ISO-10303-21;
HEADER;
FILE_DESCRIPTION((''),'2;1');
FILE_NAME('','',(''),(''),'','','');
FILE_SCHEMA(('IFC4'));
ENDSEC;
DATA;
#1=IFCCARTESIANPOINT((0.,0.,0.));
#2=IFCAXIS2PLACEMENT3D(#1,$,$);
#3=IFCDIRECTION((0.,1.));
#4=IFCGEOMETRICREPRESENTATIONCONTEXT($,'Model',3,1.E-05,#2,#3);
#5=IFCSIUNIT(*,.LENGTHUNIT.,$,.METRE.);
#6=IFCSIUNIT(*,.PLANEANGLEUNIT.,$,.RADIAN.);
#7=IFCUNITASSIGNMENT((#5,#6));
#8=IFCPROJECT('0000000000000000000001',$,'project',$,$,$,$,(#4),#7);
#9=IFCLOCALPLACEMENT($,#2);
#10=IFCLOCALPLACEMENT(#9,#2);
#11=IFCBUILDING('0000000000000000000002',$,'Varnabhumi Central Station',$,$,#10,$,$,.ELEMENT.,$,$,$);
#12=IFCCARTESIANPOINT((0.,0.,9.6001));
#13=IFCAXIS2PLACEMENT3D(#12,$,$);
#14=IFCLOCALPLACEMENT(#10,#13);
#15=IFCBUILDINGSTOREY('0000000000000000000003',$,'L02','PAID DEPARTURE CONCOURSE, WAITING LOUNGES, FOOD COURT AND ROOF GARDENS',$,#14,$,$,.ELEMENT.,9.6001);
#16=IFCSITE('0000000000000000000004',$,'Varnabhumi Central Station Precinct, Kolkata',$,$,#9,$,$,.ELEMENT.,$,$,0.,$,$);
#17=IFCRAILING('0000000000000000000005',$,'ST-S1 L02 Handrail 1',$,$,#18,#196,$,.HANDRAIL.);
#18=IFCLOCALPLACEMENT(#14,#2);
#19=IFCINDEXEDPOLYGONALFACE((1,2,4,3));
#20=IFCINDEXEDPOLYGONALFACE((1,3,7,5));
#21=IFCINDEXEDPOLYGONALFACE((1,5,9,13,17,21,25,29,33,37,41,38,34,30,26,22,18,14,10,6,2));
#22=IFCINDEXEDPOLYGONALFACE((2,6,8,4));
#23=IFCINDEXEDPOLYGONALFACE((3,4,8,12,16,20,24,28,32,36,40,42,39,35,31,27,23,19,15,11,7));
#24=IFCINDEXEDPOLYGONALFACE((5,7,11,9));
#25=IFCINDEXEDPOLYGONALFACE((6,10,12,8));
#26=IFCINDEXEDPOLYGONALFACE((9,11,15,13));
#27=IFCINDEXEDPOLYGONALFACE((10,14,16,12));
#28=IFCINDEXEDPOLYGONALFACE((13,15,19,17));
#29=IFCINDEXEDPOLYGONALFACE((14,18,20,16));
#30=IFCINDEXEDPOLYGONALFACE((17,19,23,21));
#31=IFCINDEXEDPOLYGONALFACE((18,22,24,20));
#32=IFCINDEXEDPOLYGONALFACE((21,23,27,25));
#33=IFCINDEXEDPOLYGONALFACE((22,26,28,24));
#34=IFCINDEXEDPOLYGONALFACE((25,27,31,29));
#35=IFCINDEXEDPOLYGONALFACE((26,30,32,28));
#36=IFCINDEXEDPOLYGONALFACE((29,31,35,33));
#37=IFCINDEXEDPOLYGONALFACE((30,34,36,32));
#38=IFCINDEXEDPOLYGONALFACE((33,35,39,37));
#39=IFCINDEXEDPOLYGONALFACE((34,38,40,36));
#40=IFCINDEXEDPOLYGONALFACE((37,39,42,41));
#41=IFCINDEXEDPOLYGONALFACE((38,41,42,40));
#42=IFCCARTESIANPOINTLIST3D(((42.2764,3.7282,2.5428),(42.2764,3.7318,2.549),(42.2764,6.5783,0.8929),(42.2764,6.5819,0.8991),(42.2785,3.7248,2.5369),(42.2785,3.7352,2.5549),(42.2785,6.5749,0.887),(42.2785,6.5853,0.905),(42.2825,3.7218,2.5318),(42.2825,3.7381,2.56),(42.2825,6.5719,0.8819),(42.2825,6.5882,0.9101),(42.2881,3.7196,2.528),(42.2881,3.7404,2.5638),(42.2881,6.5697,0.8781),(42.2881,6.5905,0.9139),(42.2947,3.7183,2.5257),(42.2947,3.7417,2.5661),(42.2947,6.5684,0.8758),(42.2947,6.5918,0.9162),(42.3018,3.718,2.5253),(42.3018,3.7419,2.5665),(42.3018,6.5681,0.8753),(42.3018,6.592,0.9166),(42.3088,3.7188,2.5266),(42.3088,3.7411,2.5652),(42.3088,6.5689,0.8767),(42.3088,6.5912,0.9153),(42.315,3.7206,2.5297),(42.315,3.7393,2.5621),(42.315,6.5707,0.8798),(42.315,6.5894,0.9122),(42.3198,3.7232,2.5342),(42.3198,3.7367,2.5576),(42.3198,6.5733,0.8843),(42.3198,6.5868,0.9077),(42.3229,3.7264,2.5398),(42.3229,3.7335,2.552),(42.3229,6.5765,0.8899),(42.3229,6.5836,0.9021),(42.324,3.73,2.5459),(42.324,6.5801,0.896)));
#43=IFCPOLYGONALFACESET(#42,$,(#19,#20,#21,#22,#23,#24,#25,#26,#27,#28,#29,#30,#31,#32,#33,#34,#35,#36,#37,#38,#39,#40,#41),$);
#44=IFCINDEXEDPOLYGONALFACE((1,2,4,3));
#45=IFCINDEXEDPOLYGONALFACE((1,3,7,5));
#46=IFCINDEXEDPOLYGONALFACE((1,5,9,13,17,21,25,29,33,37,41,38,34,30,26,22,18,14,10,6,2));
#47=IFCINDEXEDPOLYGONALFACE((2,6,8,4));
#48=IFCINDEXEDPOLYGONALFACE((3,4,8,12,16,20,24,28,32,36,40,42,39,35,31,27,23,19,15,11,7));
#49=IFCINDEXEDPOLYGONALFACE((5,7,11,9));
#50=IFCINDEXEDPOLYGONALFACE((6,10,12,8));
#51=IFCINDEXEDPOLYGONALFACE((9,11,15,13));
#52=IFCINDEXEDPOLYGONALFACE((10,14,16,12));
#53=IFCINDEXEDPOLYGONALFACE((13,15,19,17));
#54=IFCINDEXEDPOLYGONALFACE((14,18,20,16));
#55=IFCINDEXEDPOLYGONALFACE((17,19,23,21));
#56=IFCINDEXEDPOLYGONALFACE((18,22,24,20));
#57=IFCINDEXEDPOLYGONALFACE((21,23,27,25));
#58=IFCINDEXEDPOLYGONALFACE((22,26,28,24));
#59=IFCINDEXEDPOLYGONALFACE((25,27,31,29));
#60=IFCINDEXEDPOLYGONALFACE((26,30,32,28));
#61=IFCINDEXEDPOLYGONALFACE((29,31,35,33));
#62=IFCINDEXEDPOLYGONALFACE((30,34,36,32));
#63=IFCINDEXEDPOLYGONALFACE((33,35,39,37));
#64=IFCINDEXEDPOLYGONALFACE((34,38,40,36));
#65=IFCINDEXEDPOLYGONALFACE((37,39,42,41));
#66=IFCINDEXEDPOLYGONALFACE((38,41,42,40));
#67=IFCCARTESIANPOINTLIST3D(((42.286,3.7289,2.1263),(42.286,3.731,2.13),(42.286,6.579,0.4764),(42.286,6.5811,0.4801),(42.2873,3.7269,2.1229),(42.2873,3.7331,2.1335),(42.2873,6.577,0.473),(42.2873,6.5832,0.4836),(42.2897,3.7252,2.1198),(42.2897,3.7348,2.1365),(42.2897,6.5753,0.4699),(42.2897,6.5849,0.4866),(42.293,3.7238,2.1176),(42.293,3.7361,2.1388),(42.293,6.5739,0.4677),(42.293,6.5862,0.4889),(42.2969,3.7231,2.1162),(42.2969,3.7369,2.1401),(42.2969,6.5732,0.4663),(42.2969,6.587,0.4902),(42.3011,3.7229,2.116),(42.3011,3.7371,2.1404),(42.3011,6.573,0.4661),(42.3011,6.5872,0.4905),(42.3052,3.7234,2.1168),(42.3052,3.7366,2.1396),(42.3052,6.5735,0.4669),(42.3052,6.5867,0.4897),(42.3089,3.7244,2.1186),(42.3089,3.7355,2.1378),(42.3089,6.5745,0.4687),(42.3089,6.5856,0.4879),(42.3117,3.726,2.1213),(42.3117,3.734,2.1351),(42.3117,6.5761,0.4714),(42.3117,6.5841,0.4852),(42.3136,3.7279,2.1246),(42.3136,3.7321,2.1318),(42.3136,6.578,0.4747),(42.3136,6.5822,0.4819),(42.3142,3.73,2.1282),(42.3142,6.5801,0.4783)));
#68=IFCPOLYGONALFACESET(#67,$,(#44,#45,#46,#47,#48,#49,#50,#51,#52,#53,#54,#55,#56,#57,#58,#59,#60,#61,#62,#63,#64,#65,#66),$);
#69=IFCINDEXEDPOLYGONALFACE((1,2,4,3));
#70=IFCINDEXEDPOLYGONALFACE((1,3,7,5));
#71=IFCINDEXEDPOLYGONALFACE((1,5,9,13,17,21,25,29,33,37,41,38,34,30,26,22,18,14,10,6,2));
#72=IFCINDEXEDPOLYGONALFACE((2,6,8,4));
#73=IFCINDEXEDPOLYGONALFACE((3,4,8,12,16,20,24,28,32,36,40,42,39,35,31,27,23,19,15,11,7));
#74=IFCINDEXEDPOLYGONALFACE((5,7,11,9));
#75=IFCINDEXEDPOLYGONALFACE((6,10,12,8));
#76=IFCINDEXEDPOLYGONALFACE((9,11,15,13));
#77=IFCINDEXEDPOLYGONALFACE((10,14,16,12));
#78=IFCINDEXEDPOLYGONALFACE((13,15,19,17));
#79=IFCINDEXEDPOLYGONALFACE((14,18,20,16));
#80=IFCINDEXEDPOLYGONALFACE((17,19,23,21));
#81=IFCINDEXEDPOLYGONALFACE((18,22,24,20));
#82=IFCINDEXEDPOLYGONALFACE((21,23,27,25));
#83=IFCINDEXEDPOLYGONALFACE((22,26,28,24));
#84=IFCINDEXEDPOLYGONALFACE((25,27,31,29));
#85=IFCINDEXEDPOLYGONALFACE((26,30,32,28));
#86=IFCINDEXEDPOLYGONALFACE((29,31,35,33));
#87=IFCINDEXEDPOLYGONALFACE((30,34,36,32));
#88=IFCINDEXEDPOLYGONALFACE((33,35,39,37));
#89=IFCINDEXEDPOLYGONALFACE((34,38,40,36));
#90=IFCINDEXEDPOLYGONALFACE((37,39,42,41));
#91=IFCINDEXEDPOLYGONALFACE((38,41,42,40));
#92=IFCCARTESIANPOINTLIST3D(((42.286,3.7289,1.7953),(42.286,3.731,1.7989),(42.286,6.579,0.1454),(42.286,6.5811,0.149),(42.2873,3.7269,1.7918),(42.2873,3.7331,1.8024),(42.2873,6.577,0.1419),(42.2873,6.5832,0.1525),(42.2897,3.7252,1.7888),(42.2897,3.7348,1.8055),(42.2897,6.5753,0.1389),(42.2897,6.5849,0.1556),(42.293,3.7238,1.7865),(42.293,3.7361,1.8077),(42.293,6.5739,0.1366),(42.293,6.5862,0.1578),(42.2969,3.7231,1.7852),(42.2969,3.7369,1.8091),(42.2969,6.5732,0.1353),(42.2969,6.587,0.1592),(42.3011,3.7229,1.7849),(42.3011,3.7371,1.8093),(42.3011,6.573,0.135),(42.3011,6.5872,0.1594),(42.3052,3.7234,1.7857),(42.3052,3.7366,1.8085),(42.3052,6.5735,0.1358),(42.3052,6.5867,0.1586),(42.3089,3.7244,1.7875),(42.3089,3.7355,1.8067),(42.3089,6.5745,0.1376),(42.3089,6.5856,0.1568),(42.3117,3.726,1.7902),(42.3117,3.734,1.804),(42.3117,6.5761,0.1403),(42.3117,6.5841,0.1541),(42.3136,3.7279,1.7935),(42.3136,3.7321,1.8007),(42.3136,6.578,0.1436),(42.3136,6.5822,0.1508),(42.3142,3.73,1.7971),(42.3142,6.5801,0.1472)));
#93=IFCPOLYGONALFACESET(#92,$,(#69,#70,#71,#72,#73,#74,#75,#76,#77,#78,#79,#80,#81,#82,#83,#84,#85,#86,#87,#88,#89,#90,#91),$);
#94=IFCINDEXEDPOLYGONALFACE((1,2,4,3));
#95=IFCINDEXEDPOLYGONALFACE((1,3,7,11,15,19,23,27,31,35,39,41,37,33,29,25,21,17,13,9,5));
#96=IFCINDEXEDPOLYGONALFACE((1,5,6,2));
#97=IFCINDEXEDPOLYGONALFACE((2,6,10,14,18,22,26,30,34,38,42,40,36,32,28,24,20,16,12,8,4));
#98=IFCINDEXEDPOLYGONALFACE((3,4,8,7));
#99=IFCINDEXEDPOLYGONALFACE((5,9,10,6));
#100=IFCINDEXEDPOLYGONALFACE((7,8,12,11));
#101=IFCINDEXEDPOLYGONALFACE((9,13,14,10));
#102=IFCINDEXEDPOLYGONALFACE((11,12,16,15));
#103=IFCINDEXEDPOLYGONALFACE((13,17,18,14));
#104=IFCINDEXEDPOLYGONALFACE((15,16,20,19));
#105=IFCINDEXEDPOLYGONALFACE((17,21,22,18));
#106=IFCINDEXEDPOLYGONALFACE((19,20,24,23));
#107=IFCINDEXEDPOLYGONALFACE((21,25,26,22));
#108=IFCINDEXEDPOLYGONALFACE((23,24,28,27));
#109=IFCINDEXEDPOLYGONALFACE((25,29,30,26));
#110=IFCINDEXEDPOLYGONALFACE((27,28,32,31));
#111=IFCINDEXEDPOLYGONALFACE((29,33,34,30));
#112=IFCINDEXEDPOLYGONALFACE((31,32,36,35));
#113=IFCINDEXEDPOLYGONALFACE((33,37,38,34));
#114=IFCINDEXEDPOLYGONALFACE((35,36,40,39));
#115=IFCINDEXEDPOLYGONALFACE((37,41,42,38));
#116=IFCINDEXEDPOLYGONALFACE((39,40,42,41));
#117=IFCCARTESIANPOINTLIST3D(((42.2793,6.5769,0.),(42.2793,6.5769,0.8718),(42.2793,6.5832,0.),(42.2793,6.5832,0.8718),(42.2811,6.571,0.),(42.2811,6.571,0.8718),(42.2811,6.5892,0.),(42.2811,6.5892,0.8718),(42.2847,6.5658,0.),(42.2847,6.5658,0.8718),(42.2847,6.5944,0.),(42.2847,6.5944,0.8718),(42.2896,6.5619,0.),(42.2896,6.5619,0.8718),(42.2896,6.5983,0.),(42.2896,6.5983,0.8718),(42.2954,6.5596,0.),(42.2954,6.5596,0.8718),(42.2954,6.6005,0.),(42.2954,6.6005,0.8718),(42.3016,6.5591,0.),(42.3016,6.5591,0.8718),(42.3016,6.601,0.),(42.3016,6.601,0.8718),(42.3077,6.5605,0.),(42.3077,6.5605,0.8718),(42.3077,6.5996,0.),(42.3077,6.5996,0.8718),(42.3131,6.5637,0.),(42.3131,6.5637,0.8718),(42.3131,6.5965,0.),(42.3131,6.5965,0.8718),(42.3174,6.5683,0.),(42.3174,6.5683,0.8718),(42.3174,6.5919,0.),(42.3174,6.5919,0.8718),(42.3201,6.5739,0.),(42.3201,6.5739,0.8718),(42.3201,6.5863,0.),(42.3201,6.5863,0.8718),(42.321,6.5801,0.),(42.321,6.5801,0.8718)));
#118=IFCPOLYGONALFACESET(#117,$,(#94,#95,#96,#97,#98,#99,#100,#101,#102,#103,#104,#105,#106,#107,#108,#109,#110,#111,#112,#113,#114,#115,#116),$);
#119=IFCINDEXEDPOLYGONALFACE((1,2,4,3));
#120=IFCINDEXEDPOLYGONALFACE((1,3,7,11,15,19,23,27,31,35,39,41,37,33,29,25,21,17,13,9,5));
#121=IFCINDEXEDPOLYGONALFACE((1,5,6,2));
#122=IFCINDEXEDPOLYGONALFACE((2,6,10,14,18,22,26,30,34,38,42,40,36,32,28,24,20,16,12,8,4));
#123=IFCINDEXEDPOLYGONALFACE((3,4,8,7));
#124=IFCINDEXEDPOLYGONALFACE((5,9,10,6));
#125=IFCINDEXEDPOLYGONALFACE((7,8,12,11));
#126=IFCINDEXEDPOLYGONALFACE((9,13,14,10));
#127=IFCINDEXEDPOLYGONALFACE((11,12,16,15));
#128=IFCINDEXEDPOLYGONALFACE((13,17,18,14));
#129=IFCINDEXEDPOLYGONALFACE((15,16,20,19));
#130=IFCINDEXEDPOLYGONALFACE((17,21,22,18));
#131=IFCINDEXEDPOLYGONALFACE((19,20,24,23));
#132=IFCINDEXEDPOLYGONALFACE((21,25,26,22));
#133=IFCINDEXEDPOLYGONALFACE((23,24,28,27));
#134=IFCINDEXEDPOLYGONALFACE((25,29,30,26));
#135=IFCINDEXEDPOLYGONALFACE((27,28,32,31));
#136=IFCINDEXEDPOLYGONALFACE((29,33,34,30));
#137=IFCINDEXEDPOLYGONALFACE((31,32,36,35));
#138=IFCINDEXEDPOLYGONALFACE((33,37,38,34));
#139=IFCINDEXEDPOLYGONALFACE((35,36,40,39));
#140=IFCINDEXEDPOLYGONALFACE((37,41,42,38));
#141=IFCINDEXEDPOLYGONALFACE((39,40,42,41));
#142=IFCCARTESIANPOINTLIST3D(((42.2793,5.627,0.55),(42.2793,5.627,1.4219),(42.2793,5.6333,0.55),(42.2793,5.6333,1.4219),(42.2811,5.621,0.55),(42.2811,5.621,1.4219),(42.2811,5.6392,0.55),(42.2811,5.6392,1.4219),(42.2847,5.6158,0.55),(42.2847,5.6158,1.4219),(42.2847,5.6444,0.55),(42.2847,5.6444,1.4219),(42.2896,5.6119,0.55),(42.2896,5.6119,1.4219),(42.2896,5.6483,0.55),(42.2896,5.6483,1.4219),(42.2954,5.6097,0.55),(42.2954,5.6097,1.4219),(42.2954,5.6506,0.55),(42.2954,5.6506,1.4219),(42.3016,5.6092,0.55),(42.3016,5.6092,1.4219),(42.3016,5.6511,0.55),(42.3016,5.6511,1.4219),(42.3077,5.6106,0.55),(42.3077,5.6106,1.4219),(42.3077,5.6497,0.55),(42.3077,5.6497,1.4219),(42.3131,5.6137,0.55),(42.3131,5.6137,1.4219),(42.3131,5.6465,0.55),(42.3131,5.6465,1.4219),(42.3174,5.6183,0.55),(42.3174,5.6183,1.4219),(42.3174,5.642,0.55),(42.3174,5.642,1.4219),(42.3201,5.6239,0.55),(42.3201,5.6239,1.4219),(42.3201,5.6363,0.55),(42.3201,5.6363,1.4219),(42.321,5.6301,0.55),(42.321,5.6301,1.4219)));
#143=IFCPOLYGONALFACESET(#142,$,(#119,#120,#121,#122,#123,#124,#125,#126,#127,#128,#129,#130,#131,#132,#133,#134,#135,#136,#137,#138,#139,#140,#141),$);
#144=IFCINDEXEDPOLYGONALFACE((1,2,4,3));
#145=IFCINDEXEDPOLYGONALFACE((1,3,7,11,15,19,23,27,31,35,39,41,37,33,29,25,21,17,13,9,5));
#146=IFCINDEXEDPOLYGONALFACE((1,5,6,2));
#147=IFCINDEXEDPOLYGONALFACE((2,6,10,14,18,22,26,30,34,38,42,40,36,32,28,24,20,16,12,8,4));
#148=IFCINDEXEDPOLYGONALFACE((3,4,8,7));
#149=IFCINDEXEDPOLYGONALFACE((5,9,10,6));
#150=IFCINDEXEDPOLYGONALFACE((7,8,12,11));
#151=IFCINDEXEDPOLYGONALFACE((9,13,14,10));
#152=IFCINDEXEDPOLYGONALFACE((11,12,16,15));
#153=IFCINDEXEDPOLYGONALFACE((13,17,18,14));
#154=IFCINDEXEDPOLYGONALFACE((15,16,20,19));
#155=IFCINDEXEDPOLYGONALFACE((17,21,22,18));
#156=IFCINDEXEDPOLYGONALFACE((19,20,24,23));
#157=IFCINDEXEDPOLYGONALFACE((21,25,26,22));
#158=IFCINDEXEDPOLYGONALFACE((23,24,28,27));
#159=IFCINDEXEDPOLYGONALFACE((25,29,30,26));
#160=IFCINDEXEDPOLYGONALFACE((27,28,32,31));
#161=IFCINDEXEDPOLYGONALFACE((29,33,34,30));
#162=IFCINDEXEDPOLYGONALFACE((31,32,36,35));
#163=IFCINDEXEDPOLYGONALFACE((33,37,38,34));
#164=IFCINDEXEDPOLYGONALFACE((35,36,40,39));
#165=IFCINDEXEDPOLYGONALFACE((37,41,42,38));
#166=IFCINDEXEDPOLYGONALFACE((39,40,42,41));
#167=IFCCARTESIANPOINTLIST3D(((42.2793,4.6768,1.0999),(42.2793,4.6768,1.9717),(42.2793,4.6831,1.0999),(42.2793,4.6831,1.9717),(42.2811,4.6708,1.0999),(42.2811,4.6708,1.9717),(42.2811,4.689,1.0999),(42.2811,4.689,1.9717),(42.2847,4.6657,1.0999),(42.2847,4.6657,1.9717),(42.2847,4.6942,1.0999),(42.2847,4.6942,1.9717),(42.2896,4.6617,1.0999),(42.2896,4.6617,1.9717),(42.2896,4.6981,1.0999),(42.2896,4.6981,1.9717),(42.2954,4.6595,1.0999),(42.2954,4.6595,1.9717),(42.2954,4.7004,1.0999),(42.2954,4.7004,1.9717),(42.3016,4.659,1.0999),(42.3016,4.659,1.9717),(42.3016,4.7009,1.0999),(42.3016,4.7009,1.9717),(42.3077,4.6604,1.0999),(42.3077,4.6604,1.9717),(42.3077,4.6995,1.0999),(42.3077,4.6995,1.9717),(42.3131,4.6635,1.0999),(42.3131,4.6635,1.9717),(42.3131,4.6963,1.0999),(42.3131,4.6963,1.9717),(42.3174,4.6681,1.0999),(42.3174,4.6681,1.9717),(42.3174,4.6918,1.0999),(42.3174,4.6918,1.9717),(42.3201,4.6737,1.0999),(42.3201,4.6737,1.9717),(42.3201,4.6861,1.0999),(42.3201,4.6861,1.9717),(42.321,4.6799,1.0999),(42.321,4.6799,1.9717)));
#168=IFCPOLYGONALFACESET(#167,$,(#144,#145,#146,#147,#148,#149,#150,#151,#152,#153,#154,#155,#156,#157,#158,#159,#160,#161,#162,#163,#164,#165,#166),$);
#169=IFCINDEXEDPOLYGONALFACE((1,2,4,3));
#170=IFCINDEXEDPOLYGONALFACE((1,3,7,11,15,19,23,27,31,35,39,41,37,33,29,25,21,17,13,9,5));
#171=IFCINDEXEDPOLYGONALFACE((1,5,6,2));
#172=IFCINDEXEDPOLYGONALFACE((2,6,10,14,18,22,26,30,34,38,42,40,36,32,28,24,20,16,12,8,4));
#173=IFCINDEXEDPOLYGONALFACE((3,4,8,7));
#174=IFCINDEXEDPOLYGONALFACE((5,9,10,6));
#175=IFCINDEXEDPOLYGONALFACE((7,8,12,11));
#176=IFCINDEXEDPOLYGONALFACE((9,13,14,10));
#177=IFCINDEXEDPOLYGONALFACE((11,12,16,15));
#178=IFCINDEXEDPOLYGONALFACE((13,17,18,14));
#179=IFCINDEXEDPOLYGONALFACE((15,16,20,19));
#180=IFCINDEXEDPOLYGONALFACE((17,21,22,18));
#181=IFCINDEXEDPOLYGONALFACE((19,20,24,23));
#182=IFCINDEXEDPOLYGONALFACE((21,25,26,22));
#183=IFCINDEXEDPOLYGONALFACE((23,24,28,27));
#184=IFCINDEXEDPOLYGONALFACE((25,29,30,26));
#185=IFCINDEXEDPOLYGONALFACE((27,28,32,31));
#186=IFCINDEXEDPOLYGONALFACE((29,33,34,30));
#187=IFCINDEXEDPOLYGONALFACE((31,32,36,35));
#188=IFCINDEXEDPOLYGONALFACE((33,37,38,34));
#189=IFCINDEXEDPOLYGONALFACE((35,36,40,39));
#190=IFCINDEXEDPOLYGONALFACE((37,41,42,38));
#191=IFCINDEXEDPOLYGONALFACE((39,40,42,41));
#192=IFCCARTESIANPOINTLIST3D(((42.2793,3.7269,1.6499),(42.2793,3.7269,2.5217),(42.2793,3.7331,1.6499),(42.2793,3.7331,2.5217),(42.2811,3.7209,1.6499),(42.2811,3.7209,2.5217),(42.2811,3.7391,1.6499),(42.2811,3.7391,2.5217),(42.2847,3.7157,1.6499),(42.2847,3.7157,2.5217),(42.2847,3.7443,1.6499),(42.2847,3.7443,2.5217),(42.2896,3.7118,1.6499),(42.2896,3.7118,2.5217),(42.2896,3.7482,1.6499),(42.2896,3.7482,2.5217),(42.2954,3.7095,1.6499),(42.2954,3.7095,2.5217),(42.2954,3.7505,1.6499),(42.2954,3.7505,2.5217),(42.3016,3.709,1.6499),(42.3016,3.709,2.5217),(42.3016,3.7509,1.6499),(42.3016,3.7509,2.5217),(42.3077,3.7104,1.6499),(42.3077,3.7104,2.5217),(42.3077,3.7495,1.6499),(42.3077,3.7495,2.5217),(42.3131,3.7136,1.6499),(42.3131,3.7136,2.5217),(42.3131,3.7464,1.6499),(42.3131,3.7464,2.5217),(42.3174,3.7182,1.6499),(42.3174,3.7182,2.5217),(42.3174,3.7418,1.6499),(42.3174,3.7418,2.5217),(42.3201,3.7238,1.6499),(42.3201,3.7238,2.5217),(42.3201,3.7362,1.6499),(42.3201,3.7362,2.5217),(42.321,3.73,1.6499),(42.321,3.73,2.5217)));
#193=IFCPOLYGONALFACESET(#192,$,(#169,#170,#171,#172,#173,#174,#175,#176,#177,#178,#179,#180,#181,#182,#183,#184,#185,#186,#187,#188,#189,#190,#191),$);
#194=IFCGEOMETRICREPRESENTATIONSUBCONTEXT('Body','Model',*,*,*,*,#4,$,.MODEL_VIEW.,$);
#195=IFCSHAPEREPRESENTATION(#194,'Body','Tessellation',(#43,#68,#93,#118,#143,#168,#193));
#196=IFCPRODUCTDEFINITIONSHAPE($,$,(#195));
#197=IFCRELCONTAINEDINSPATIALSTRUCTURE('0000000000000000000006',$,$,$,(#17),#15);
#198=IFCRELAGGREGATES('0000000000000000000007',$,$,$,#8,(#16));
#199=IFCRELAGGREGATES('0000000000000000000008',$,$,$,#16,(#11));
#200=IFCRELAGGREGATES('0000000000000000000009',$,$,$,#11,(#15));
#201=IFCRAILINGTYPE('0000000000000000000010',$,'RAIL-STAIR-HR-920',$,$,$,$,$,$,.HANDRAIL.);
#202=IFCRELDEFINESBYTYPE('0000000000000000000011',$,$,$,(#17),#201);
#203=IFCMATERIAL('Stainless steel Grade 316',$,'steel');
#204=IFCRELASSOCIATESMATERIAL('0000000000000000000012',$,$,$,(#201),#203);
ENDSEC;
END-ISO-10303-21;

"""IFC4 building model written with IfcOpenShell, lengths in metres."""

from ifc_helpers import new_model, si_unit, direction, frame, origin, origin_2d, place, context, subcontext, project, spatial, circle, extrude, material, type_object, element, save


model = new_model("IFC4")

# Units and contexts
model_context = context("Model", 3, precision=1e-05, world=origin(), true_north=direction((0.0, 1.0)))
body_context = subcontext(model_context, "Body", "Model", "MODEL_VIEW")
ifc_project = project(units=[si_unit("LENGTHUNIT", "METRE"), si_unit("PLANEANGLEUNIT", "RADIAN")], contexts=[model_context])

# Site, building, storey
site_placement = place(None, origin())
site = spatial("IfcSite", under=ifc_project, at=site_placement, Name="Varnabhumi Central Station Precinct, Kolkata", CompositionType="ELEMENT", RefElevation=0.0)
building_placement = place(site_placement, origin())
building = spatial("IfcBuilding", under=site, at=building_placement, Name="Varnabhumi Central Station", CompositionType="ELEMENT")
storey_placement = place(building_placement, frame((0.0, 0.0, 9.6001)))
storey = spatial("IfcBuildingStorey", under=building, at=storey_placement, Name="L02", Description="PAID DEPARTURE CONCOURSE, WAITING LOUNGES, FOOD COURT AND ROOF GARDENS", CompositionType="ELEMENT", Elevation=9.6001)

# Railing
ifc_material_1 = material(Name="Stainless steel Grade 316", Category="steel")
railing_type_1 = type_object("IfcRailingType", Name="RAIL-STAIR-HR-920", PredefinedType="HANDRAIL", material=ifc_material_1)
railing_1_placement = place(storey_placement, frame((42.3, 6.5801, 0.0)))
element("IfcRailing", 1, at=railing_1_placement, inside=storey, type_object=railing_type_1, Name="ST-S1 L02 Handrail 1", PredefinedType="HANDRAIL", context=body_context, shape_type="SweptSolid", body=[
    extrude(circle(Radius=0.0239, at=origin_2d()), frame((0.0, 0.0, 0.896), z_axis=(0.0, -0.865447, 0.501001), x_axis=(1.0, 0.0, 0.0)), (0.0, 0.0, 1.0), 3.2932),
    extrude(circle(Radius=0.0142, at=origin_2d()), frame((0.0, 0.0, 0.4783), z_axis=(0.0, -0.865447, 0.501001), x_axis=(1.0, 0.0, 0.0)), (0.0, 0.0, 1.0), 3.2932),
    extrude(circle(Radius=0.0142, at=origin_2d()), frame((0.0, 0.0, 0.1472), z_axis=(0.0, -0.865447, 0.501001), x_axis=(1.0, 0.0, 0.0)), (0.0, 0.0, 1.0), 3.2932),
    extrude(circle(Radius=0.021, at=origin_2d()), origin(), (0.0, 0.0, 1.0), 0.8718),
    extrude(circle(Radius=0.021, at=origin_2d()), frame((0.0, -0.95, 0.55)), (0.0, 0.0, 1.0), 0.8718),
    extrude(circle(Radius=0.021, at=origin_2d()), frame((0.0, -1.9001, 1.0999)), (0.0, 0.0, 1.0), 0.8718),
    extrude(circle(Radius=0.021, at=origin_2d()), frame((0.0, -2.8501, 1.6499)), (0.0, 0.0, 1.0), 0.8718),
])

save(model, "model.ifc")
